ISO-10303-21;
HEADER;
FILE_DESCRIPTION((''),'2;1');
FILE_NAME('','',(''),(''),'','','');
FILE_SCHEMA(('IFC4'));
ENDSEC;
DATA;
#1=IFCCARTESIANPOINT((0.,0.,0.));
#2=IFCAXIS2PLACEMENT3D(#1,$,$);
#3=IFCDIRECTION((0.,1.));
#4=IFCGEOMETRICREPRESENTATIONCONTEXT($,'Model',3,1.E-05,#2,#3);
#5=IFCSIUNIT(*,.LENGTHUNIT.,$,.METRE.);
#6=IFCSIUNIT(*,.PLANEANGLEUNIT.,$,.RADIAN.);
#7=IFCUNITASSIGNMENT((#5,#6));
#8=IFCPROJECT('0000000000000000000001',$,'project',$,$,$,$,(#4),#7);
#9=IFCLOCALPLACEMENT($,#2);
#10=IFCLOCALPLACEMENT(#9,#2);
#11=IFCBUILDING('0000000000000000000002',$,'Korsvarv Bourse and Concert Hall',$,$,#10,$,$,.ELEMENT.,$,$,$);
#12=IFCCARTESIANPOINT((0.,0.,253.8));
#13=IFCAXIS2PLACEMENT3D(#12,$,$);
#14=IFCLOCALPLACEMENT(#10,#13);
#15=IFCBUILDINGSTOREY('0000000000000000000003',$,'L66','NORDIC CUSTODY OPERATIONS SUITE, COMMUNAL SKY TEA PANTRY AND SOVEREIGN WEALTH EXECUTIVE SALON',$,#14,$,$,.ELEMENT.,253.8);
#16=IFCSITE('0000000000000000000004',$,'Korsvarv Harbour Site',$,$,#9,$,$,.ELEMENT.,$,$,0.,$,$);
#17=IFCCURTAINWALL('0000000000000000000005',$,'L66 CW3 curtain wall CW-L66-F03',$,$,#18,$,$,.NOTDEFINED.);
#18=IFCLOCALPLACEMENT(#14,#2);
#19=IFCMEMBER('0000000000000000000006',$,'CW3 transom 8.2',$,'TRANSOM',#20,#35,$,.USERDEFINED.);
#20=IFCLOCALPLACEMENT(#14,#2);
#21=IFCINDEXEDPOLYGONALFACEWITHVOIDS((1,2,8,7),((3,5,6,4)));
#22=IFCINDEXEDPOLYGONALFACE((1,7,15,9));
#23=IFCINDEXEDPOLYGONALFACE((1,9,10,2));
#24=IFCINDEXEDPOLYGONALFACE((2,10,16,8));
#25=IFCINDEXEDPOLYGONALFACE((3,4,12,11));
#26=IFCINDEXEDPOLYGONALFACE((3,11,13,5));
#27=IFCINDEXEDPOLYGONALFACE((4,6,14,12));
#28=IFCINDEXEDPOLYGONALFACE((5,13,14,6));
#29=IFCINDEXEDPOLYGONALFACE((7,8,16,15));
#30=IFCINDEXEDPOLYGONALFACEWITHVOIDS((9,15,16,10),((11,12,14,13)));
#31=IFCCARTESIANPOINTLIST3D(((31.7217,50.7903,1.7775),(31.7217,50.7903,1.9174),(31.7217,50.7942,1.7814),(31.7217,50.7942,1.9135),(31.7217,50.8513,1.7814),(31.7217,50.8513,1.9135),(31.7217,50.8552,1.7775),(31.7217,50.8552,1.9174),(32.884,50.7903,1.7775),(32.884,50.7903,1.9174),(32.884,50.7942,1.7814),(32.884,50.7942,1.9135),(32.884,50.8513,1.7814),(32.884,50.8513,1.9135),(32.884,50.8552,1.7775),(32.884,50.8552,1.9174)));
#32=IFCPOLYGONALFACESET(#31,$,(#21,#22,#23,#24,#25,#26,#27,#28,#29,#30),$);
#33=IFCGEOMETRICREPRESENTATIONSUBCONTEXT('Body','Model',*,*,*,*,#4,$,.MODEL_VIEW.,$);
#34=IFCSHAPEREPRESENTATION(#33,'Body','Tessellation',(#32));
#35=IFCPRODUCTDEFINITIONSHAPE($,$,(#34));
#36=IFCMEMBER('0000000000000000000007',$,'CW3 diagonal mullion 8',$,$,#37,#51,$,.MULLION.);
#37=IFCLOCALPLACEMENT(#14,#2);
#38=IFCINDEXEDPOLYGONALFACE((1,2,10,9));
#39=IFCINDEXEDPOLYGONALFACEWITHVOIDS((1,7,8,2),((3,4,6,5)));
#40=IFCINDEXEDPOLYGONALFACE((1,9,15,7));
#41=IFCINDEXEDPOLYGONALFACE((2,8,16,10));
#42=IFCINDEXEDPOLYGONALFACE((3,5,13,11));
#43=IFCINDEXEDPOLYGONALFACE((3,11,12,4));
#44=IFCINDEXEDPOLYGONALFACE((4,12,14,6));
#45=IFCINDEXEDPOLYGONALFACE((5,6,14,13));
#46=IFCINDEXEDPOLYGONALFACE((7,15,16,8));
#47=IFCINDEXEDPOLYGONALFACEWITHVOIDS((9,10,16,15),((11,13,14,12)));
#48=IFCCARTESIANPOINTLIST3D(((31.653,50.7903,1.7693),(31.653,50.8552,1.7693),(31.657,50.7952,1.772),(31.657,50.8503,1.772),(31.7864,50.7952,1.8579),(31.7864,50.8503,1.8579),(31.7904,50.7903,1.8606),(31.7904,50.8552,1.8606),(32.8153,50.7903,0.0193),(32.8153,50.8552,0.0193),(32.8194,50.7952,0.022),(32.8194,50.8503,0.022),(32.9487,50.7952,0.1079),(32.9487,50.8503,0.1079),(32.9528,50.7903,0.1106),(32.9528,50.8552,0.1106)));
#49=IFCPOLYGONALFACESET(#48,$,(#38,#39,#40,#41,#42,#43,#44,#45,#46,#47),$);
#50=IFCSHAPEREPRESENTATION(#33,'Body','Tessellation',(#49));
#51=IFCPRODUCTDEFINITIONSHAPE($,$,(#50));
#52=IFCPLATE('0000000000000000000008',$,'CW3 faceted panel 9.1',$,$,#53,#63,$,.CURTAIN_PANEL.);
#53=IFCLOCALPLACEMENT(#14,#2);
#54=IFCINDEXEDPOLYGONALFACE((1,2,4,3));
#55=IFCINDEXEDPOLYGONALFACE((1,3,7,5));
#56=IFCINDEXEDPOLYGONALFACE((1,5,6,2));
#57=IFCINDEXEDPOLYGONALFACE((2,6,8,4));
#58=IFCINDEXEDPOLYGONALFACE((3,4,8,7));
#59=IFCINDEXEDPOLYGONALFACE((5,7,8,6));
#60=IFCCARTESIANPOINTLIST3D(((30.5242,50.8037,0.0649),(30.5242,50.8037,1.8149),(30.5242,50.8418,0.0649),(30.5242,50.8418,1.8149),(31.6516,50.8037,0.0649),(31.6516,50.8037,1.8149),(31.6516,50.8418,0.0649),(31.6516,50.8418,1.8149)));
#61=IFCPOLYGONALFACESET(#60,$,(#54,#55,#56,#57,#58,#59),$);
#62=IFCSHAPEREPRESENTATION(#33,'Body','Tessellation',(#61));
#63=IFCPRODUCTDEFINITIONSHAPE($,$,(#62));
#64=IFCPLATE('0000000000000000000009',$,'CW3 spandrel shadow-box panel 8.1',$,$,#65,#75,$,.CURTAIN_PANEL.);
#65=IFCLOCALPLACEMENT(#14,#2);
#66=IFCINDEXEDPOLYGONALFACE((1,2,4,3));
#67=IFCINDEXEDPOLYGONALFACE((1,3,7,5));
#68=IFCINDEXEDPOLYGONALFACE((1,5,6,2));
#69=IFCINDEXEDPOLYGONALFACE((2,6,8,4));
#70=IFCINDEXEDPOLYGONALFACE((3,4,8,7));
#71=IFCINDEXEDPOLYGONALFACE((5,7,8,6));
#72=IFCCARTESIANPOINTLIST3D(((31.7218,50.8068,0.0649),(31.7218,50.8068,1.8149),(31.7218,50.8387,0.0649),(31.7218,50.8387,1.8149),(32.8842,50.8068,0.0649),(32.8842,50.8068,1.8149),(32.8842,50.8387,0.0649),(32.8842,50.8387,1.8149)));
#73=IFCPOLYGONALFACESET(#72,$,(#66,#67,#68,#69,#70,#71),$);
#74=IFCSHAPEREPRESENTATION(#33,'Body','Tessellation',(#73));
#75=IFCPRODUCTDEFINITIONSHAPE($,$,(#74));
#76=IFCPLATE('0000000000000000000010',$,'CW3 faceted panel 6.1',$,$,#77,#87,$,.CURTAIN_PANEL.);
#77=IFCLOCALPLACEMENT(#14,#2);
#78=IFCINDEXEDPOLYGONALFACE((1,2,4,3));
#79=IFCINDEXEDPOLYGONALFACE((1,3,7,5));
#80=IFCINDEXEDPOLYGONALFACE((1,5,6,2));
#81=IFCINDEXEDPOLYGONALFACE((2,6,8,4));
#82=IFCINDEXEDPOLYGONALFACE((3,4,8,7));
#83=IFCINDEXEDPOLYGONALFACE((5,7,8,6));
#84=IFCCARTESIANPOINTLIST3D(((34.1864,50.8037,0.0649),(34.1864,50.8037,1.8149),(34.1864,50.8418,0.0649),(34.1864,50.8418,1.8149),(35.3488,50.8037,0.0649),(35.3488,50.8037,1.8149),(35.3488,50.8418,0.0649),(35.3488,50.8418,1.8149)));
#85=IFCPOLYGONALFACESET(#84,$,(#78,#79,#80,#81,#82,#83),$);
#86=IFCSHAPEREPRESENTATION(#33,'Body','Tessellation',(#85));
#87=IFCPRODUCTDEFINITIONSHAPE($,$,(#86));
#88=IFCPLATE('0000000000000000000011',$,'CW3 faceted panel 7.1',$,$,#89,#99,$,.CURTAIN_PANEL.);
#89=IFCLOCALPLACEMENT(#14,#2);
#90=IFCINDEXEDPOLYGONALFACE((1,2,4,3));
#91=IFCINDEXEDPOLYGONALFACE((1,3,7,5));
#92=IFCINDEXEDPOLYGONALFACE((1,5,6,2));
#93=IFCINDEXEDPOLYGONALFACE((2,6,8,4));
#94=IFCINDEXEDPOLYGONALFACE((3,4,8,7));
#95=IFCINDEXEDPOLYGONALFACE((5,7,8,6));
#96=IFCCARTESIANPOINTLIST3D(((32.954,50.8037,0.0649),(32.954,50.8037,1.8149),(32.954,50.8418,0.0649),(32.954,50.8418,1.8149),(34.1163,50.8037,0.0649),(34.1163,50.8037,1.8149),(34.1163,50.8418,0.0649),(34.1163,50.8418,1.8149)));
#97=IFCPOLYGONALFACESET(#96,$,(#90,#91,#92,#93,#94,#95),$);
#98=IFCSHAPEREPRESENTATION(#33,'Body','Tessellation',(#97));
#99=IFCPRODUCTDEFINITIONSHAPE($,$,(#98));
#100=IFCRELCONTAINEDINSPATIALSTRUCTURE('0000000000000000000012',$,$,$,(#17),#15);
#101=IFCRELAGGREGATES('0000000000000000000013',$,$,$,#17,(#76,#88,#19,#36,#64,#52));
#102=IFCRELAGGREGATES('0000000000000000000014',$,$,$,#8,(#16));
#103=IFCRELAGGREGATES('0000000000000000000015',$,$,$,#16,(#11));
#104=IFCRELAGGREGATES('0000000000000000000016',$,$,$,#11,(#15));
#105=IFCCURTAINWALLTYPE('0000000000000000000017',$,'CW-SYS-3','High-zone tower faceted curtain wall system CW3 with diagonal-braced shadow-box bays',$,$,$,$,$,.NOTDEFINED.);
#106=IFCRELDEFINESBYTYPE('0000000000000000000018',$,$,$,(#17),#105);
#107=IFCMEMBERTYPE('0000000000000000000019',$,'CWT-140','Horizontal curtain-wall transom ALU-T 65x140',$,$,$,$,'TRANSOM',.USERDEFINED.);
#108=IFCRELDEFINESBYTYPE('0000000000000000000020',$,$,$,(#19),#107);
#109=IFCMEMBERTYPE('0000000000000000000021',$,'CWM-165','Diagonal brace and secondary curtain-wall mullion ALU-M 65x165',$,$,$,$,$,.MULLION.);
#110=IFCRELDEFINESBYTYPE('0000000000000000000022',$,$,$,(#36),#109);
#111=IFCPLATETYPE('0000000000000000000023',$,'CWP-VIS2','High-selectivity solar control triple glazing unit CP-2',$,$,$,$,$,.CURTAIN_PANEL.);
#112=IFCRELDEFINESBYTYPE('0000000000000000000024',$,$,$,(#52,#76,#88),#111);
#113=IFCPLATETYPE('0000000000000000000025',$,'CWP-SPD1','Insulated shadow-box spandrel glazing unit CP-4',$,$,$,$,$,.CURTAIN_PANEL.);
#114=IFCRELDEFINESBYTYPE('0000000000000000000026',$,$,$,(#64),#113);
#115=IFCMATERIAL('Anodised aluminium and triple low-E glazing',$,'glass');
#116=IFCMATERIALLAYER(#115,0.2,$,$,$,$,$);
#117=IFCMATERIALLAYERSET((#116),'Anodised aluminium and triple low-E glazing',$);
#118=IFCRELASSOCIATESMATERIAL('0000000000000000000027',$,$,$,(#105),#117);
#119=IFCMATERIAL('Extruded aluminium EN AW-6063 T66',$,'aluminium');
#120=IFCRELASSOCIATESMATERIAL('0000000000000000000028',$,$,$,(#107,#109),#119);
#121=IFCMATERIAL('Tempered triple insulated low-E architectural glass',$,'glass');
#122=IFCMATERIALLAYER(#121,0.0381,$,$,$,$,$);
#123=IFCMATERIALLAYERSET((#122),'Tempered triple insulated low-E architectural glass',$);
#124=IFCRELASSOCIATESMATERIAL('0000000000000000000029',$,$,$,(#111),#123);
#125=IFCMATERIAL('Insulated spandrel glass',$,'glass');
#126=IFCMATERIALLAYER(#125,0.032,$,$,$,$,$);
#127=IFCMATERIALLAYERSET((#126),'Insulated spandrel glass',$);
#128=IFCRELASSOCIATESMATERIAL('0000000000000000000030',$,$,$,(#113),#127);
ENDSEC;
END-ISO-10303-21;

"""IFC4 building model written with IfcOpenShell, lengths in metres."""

from ifc_helpers import new_model, si_unit, direction, frame, origin, origin_2d, place, context, subcontext, project, spatial, rectangle, hollow_rectangle, extrude, source, transform, mapped, material, layer, layer_set, material_profile, profile_set, type_object, element, aggregate, save


model = new_model("IFC4")

# Units and contexts
model_context = context("Model", 3, precision=1e-05, world=origin(), true_north=direction((0.0, 1.0)))
body_context = subcontext(model_context, "Body", "Model", "MODEL_VIEW")
ifc_project = project(units=[si_unit("LENGTHUNIT", "METRE"), si_unit("PLANEANGLEUNIT", "RADIAN")], contexts=[model_context])

# Site, building, storey
site_placement = place(None, origin())
site = spatial("IfcSite", under=ifc_project, at=site_placement, Name="Korsvarv Harbour Site", CompositionType="ELEMENT", RefElevation=0.0)
building_placement = place(site_placement, origin())
building = spatial("IfcBuilding", under=site, at=building_placement, Name="Korsvarv Bourse and Concert Hall", CompositionType="ELEMENT")
storey_placement = place(building_placement, frame((0.0, 0.0, 253.8)))
storey = spatial("IfcBuildingStorey", under=building, at=storey_placement, Name="L66", Description="NORDIC CUSTODY OPERATIONS SUITE, COMMUNAL SKY TEA PANTRY AND SOVEREIGN WEALTH EXECUTIVE SALON", CompositionType="ELEMENT", Elevation=253.8)

# Curtain wall, members, plates
ifc_material_1 = material(Name="Anodised aluminium and triple low-E glazing", Category="glass")
ifc_layer_1 = layer(ifc_material_1, 0.2)
ifc_layer_set_1 = layer_set([ifc_layer_1], Name="Anodised aluminium and triple low-E glazing")
curtain_wall_type = type_object("IfcCurtainWallType", Name="CW-SYS-3", Description="High-zone tower faceted curtain wall system CW3 with diagonal-braced shadow-box bays", PredefinedType="NOTDEFINED", material=ifc_layer_set_1)
curtain_wall_placement = place(storey_placement, origin())
curtain_wall = element("IfcCurtainWall", 1, at=curtain_wall_placement, inside=storey, type_object=curtain_wall_type, Name="L66 CW3 curtain wall CW-L66-F03", PredefinedType="NOTDEFINED")
ifc_material_2 = material(Name="Extruded aluminium EN AW-6063 T66", Category="aluminium")
ifc_material_profile_1 = material_profile(ifc_material_2, hollow_rectangle(XDim=0.0649, YDim=0.1399, WallThickness=0.0039, at=origin_2d()), Name="ALU-T 65x140")
ifc_profile_set_1 = profile_set([ifc_material_profile_1], Name="Extruded aluminium EN AW-6063 T66")
member_type_1 = type_object("IfcMemberType", Name="CWT-140", Description="Horizontal curtain-wall transom ALU-T 65x140", ElementType="TRANSOM", PredefinedType="USERDEFINED", material=ifc_profile_set_1)
shared_shape_1 = source(origin(), body_context, "Body", "SweptSolid", [
    extrude(hollow_rectangle(XDim=0.0649, YDim=0.1399, WallThickness=0.0039, at=origin_2d()), origin(), (0.0, 0.0, 1.0), 1.1624),
])
member_1_placement = place(storey_placement, frame((32.884, 50.8228, 1.8474), z_axis=(-1.0, 0.0, 0.0), x_axis=(0.0, -1.0, 0.0)))
member_1 = element("IfcMember", 2, at=member_1_placement, type_object=member_type_1, Name="CW3 transom 8.2", ObjectType="TRANSOM", PredefinedType="USERDEFINED", context=body_context, shape_type="MappedRepresentation", body=[
    mapped(shared_shape_1, transform((0.0, 0.0, 0.0), scale=1.0)),
])
ifc_material_profile_2 = material_profile(ifc_material_2, hollow_rectangle(XDim=0.0649, YDim=0.165, WallThickness=0.0049, at=origin_2d()), Name="ALU-M 65x165")
ifc_profile_set_2 = profile_set([ifc_material_profile_2], Name="Extruded aluminium EN AW-6063 T66")
member_type_2 = type_object("IfcMemberType", Name="CWM-165", Description="Diagonal brace and secondary curtain-wall mullion ALU-M 65x165", PredefinedType="MULLION", material=ifc_profile_set_2)
shared_shape_2 = source(origin(), body_context, "Body", "SweptSolid", [
    extrude(hollow_rectangle(XDim=0.0649, YDim=0.165, WallThickness=0.0049, at=origin_2d()), origin(), (0.0, 0.0, 1.0), 2.1008),
])
member_2_placement = place(storey_placement, frame((32.884, 50.8228, 0.0649), z_axis=(-0.553278, 0.0, 0.832997), x_axis=(0.0, -1.0, 0.0)))
member_2 = element("IfcMember", 3, at=member_2_placement, type_object=member_type_2, Name="CW3 diagonal mullion 8", PredefinedType="MULLION", context=body_context, shape_type="MappedRepresentation", body=[
    mapped(shared_shape_2, transform((0.0, 0.0, 0.0), scale=1.0)),
])
ifc_material_3 = material(Name="Tempered triple insulated low-E architectural glass", Category="glass")
ifc_layer_2 = layer(ifc_material_3, 0.0381)
ifc_layer_set_2 = layer_set([ifc_layer_2], Name="Tempered triple insulated low-E architectural glass")
plate_type_1 = type_object("IfcPlateType", Name="CWP-VIS2", Description="High-selectivity solar control triple glazing unit CP-2", PredefinedType="CURTAIN_PANEL", material=ifc_layer_set_2)
shared_shape_3 = source(origin(), body_context, "Body", "SweptSolid", [
    extrude(rectangle(XDim=1.1274, YDim=0.0381, at=origin_2d()), origin(), (0.0, 0.0, 1.0), 1.75),
])
plate_1_placement = place(storey_placement, frame((31.0879, 50.8228, 0.0649), z_axis=(0.0, 0.0, 1.0), x_axis=(-1.0, 0.0, 0.0)))
plate_1 = element("IfcPlate", 4, at=plate_1_placement, type_object=plate_type_1, Name="CW3 faceted panel 9.1", PredefinedType="CURTAIN_PANEL", context=body_context, shape_type="MappedRepresentation", body=[
    mapped(shared_shape_3, transform((0.0, 0.0, 0.0), scale=1.0)),
])
ifc_material_4 = material(Name="Insulated spandrel glass", Category="glass")
ifc_layer_3 = layer(ifc_material_4, 0.032)
ifc_layer_set_3 = layer_set([ifc_layer_3], Name="Insulated spandrel glass")
plate_type_2 = type_object("IfcPlateType", Name="CWP-SPD1", Description="Insulated shadow-box spandrel glazing unit CP-4", PredefinedType="CURTAIN_PANEL", material=ifc_layer_set_3)
shared_shape_4 = source(origin(), body_context, "Body", "SweptSolid", [
    extrude(rectangle(XDim=1.1624, YDim=0.032, at=origin_2d()), origin(), (0.0, 0.0, 1.0), 1.75),
])
plate_2_placement = place(storey_placement, frame((32.303, 50.8228, 0.0649), z_axis=(0.0, 0.0, 1.0), x_axis=(-1.0, 0.0, 0.0)))
plate_2 = element("IfcPlate", 5, at=plate_2_placement, type_object=plate_type_2, Name="CW3 spandrel shadow-box panel 8.1", PredefinedType="CURTAIN_PANEL", context=body_context, shape_type="MappedRepresentation", body=[
    mapped(shared_shape_4, transform((0.0, 0.0, 0.0), scale=1.0)),
])
shared_shape_5 = source(origin(), body_context, "Body", "SweptSolid", [
    extrude(rectangle(XDim=1.1624, YDim=0.0381, at=origin_2d()), origin(), (0.0, 0.0, 1.0), 1.75),
])
plate_3_placement = place(storey_placement, frame((34.7676, 50.8228, 0.0649), z_axis=(0.0, 0.0, 1.0), x_axis=(-1.0, 0.0, 0.0)))
plate_3 = element("IfcPlate", 6, at=plate_3_placement, type_object=plate_type_1, Name="CW3 faceted panel 6.1", PredefinedType="CURTAIN_PANEL", context=body_context, shape_type="MappedRepresentation", body=[
    mapped(shared_shape_5, transform((0.0, 0.0, 0.0), scale=1.0)),
])
plate_4_placement = place(storey_placement, frame((33.5352, 50.8228, 0.0649), z_axis=(0.0, 0.0, 1.0), x_axis=(-1.0, 0.0, 0.0)))
plate_4 = element("IfcPlate", 7, at=plate_4_placement, type_object=plate_type_1, Name="CW3 faceted panel 7.1", PredefinedType="CURTAIN_PANEL", context=body_context, shape_type="MappedRepresentation", body=[
    mapped(shared_shape_5, transform((0.0, 0.0, 0.0), scale=1.0)),
])
aggregate(curtain_wall, [plate_3, plate_4, member_1, member_2, plate_2, plate_1])

save(model, "model.ifc")
